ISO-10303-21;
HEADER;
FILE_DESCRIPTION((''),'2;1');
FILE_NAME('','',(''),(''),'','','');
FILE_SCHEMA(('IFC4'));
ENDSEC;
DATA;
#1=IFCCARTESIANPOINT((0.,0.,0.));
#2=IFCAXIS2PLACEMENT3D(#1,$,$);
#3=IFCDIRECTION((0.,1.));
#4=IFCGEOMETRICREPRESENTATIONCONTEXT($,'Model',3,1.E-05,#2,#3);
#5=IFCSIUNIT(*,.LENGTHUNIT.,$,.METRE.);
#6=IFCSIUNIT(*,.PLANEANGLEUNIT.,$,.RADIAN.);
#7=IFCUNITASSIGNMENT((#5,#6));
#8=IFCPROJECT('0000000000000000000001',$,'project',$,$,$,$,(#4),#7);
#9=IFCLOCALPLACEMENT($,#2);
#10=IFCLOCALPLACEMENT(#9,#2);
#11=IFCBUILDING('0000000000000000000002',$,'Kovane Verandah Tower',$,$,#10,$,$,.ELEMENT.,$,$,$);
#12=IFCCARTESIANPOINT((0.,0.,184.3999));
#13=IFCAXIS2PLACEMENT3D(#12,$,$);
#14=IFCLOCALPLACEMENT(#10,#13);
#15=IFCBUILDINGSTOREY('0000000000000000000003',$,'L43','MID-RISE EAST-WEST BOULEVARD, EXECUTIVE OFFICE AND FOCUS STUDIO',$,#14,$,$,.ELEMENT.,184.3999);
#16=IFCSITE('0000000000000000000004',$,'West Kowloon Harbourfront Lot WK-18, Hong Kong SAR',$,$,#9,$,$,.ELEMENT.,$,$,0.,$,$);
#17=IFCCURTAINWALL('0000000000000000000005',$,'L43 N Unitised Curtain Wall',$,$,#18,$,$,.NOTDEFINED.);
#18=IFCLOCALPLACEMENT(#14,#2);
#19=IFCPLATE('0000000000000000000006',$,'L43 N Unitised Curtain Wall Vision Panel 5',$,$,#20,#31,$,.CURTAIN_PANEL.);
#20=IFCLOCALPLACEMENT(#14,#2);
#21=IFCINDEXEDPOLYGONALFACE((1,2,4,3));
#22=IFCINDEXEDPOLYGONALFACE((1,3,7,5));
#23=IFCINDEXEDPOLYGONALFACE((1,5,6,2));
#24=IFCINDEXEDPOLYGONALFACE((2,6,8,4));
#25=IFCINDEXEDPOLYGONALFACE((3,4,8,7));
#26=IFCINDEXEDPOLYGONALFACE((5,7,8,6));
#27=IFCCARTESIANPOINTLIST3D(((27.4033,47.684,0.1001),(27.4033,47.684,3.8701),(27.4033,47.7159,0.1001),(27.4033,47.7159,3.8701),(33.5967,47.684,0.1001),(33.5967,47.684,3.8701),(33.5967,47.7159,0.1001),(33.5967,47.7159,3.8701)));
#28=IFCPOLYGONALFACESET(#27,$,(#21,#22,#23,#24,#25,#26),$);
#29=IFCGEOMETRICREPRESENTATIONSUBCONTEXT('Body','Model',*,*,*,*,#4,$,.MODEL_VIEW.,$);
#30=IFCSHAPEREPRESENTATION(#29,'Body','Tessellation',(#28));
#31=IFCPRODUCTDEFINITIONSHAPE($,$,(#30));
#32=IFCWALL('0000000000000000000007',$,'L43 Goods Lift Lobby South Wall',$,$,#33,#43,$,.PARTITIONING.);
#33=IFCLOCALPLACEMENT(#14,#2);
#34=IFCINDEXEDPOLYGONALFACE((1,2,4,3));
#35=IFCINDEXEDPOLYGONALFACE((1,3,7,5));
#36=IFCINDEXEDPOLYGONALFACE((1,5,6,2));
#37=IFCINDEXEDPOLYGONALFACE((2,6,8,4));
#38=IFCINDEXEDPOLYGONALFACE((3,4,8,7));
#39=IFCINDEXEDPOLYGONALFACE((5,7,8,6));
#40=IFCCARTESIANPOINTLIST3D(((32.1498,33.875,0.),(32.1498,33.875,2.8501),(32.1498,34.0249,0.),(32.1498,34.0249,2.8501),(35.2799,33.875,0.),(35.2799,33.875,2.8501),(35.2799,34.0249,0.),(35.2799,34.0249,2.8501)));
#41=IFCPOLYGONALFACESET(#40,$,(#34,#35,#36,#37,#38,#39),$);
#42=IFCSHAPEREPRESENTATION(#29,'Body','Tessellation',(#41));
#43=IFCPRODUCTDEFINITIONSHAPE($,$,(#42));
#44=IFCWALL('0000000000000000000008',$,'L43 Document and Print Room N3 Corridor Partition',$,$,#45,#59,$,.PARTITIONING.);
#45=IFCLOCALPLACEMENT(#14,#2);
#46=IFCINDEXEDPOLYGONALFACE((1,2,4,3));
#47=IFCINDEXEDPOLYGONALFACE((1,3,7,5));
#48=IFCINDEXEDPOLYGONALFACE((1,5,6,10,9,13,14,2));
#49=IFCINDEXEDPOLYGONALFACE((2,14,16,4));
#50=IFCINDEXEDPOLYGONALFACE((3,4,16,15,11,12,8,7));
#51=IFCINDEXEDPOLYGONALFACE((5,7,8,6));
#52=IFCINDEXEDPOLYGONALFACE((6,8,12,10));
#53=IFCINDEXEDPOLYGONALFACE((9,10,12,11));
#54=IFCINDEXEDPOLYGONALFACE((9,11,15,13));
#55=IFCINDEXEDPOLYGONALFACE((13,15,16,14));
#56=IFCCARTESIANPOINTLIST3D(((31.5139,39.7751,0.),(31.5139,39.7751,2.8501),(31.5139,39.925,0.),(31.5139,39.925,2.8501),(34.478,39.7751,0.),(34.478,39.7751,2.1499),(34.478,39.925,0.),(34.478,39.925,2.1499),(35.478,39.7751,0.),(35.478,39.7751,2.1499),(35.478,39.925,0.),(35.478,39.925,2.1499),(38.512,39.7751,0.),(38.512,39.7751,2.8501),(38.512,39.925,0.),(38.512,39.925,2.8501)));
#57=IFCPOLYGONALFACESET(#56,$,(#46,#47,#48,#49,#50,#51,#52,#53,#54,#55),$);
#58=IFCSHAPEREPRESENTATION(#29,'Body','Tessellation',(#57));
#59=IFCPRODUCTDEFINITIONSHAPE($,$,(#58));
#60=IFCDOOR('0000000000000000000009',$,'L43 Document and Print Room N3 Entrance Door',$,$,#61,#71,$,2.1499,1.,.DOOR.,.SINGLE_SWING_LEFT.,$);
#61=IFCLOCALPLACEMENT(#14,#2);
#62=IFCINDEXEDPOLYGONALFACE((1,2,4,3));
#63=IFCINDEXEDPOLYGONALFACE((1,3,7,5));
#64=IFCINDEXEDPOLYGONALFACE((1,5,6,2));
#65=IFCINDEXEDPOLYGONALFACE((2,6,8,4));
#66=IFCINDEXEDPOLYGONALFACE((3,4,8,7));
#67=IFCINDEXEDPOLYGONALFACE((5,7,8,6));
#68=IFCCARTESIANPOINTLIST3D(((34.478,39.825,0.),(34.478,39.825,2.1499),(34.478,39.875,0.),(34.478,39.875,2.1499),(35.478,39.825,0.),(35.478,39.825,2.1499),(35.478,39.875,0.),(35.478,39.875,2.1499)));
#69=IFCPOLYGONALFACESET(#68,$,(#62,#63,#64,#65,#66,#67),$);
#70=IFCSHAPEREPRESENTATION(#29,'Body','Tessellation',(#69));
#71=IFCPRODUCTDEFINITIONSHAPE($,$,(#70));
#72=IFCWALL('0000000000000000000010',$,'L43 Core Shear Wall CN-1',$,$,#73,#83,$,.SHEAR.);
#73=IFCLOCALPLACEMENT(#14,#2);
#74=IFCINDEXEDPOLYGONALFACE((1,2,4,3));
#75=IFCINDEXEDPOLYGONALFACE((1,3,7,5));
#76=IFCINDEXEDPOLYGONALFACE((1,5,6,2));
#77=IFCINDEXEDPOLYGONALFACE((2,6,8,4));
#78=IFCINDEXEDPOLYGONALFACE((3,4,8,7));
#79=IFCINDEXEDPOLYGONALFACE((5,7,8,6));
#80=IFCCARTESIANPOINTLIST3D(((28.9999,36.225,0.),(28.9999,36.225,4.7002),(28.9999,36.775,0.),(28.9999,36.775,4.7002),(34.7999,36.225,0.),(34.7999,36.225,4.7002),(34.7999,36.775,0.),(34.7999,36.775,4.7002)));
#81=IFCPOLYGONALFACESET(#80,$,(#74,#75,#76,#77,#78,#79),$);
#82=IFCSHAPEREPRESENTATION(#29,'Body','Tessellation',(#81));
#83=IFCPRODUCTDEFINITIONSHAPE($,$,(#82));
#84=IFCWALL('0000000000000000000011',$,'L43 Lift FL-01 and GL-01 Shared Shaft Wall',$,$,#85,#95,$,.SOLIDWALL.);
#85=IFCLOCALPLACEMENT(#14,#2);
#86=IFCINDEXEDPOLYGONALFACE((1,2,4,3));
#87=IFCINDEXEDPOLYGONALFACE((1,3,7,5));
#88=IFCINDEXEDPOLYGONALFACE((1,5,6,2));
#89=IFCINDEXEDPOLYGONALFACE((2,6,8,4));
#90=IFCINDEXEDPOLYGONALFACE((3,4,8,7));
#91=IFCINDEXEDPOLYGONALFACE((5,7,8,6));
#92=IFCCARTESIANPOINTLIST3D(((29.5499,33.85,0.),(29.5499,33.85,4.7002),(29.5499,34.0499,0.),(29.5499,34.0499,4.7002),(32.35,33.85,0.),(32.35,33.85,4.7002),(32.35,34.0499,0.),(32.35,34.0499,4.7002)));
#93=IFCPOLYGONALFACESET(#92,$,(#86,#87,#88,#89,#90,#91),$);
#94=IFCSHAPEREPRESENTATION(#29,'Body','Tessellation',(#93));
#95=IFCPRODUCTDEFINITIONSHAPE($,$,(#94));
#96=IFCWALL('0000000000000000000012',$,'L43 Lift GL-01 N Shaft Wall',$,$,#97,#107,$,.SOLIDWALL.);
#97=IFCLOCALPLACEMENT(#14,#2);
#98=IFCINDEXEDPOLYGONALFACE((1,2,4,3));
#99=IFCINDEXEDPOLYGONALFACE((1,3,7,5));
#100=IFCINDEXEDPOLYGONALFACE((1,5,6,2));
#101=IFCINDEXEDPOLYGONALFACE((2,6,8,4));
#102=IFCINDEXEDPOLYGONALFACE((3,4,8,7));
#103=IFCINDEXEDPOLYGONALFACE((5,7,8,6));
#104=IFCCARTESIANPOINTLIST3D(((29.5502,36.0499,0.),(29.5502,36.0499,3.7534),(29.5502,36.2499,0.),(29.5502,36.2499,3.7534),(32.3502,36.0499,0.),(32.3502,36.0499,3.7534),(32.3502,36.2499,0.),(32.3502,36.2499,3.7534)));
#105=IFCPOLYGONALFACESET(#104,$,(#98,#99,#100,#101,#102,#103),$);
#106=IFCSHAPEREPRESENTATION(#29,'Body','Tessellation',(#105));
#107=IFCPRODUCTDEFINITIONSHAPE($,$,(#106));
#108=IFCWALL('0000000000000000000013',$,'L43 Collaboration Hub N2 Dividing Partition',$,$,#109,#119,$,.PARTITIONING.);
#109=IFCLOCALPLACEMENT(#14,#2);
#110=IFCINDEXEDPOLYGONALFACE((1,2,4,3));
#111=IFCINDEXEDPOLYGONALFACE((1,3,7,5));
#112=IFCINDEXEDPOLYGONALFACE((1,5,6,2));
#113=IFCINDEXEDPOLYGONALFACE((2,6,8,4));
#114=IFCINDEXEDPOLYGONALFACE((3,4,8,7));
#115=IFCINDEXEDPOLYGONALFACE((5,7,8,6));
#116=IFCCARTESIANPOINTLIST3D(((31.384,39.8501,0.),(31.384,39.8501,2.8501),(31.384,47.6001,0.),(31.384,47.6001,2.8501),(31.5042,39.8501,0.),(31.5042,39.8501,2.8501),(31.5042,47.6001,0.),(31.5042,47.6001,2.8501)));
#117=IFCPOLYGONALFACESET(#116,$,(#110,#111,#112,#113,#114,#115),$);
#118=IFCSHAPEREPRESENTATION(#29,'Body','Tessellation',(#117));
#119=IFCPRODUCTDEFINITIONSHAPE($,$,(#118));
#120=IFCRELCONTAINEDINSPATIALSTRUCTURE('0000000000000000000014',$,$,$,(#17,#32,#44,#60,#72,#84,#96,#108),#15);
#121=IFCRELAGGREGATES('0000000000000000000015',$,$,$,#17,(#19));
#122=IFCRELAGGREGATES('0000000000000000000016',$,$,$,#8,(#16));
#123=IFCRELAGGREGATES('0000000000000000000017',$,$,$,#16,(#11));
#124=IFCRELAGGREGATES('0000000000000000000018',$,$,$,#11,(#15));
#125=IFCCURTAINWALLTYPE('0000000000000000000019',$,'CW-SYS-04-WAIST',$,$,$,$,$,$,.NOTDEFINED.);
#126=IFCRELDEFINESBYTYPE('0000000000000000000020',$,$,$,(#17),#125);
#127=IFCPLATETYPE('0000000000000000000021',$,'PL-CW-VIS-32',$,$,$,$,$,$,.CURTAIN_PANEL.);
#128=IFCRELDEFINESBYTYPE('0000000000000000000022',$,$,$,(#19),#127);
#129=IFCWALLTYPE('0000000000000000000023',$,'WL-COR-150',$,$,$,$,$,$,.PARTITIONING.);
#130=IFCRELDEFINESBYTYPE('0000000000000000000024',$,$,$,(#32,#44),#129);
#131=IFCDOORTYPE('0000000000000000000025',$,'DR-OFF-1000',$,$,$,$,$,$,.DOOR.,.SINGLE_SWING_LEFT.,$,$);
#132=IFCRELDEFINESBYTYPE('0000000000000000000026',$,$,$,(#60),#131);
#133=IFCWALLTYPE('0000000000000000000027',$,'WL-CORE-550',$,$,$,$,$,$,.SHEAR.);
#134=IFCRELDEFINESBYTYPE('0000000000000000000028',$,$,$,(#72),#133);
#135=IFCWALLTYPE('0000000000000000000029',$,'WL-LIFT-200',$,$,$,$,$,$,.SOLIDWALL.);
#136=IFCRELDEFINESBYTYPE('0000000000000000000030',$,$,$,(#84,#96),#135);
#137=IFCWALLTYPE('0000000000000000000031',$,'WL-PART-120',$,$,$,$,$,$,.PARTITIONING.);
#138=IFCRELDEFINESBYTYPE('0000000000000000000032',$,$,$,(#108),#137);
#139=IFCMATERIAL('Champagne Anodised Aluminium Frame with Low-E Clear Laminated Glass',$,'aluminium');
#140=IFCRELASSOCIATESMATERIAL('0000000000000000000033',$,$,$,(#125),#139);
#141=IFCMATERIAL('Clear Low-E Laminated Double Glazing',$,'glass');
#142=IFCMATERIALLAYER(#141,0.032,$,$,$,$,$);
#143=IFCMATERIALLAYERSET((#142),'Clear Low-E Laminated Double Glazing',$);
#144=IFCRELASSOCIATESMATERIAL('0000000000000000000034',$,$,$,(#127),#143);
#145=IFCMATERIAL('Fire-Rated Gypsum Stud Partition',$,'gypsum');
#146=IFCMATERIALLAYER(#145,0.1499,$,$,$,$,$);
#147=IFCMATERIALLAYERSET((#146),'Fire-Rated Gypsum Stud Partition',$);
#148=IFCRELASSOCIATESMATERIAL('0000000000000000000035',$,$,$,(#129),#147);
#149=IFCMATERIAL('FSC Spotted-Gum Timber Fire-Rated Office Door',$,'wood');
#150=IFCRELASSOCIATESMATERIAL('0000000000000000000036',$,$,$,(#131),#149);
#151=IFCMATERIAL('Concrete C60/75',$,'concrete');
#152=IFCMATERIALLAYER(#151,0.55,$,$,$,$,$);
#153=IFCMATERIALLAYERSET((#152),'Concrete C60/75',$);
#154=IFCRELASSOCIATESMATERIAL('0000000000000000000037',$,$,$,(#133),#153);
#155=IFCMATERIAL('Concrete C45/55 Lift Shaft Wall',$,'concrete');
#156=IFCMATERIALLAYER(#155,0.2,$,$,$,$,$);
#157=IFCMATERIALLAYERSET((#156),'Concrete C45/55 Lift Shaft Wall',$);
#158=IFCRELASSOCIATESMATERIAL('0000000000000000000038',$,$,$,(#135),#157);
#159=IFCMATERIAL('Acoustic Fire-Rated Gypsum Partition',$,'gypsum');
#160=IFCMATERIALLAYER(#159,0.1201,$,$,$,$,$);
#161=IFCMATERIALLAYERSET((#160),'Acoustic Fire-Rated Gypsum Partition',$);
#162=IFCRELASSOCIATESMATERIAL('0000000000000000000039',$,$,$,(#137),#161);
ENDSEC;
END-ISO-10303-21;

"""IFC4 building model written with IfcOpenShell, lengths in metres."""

from ifc_helpers import new_model, si_unit, direction, frame, frame_2d, origin, origin_2d, place, context, subcontext, project, spatial, rectangle, extrude, material, layer, layer_set, type_object, element, fill, aggregate, save


model = new_model("IFC4")

# Units and contexts
model_context = context("Model", 3, precision=1e-05, world=origin(), true_north=direction((0.0, 1.0)))
body_context = subcontext(model_context, "Body", "Model", "MODEL_VIEW")
ifc_project = project(units=[si_unit("LENGTHUNIT", "METRE"), si_unit("PLANEANGLEUNIT", "RADIAN")], contexts=[model_context])

# Site, building, storey
site_placement = place(None, origin())
site = spatial("IfcSite", under=ifc_project, at=site_placement, Name="West Kowloon Harbourfront Lot WK-18, Hong Kong SAR", CompositionType="ELEMENT", RefElevation=0.0)
building_placement = place(site_placement, origin())
building = spatial("IfcBuilding", under=site, at=building_placement, Name="Kovane Verandah Tower", CompositionType="ELEMENT")
storey_placement = place(building_placement, frame((0.0, 0.0, 184.3999)))
storey = spatial("IfcBuildingStorey", under=building, at=storey_placement, Name="L43", Description="MID-RISE EAST-WEST BOULEVARD, EXECUTIVE OFFICE AND FOCUS STUDIO", CompositionType="ELEMENT", Elevation=184.3999)

# Shared definitions
ifc_material_1 = material(Name="Concrete C60/75", Category="concrete")

# Curtain wall, plate
ifc_material_2 = material(Name="Champagne Anodised Aluminium Frame with Low-E Clear Laminated Glass", Category="aluminium")
curtain_wall_type = type_object("IfcCurtainWallType", Name="CW-SYS-04-WAIST", PredefinedType="NOTDEFINED", material=ifc_material_2)
curtain_wall_placement = place(storey_placement, origin())
curtain_wall = element("IfcCurtainWall", 1, at=curtain_wall_placement, inside=storey, type_object=curtain_wall_type, Name="L43 N Unitised Curtain Wall", PredefinedType="NOTDEFINED")
ifc_material_3 = material(Name="Clear Low-E Laminated Double Glazing", Category="glass")
ifc_layer_1 = layer(ifc_material_3, 0.032)
ifc_layer_set_1 = layer_set([ifc_layer_1], Name="Clear Low-E Laminated Double Glazing")
plate_type_1 = type_object("IfcPlateType", Name="PL-CW-VIS-32", PredefinedType="CURTAIN_PANEL", material=ifc_layer_set_1)
plate_1_placement = place(storey_placement, frame((30.5, 47.7, 0.1001), z_axis=(0.0, 0.0, 1.0), x_axis=(-1.0, 0.0, 0.0)))
plate_1 = element("IfcPlate", 2, at=plate_1_placement, type_object=plate_type_1, Name="L43 N Unitised Curtain Wall Vision Panel 5", PredefinedType="CURTAIN_PANEL", context=body_context, shape_type="SweptSolid", body=[
    extrude(rectangle(XDim=6.1934, YDim=0.032, at=origin_2d()), origin(), (0.0, 0.0, 1.0), 3.77),
])
aggregate(curtain_wall, [plate_1])

# Wall
ifc_material_4 = material(Name="Fire-Rated Gypsum Stud Partition", Category="gypsum")
ifc_layer_2 = layer(ifc_material_4, 0.1499)
ifc_layer_set_2 = layer_set([ifc_layer_2], Name="Fire-Rated Gypsum Stud Partition")
wall_type_1 = type_object("IfcWallType", Name="WL-COR-150", PredefinedType="PARTITIONING", material=ifc_layer_set_2)
wall_1_placement = place(storey_placement, frame((32.1499, 33.95, 0.0), z_axis=(0.0, 0.0, 1.0), x_axis=(1.0, 0.0, 0.0)))
element("IfcWall", 3, at=wall_1_placement, inside=storey, type_object=wall_type_1, Name="L43 Goods Lift Lobby South Wall", PredefinedType="PARTITIONING", context=body_context, shape_type="SweptSolid", body=[
    extrude(rectangle(XDim=3.1301, YDim=0.1499, at=frame_2d((1.5649, 0.0))), origin(), (0.0, 0.0, 1.0), 2.8501),
])

# Wall, opening, door
wall_2_placement = place(storey_placement, frame((31.5139, 39.8501, 0.0), z_axis=(0.0, 0.0, 1.0), x_axis=(1.0, 0.0, 0.0)))
wall_2 = element("IfcWall", 4, at=wall_2_placement, inside=storey, type_object=wall_type_1, Name="L43 Document and Print Room N3 Corridor Partition", PredefinedType="PARTITIONING", context=body_context, shape_type="SweptSolid", body=[
    extrude(rectangle(XDim=6.998, YDim=0.1499, at=frame_2d((3.499, 0.0))), origin(), (0.0, 0.0, 1.0), 2.8501),
])
opening_1_placement = place(wall_2_placement, frame((2.9641, 0.0, 0.0)))
opening_1 = element("IfcOpeningElement", 5, at=opening_1_placement, cuts=wall_2, PredefinedType="OPENING", context=body_context, shape_type="SweptSolid", body=[
    extrude(rectangle(XDim=1.0, YDim=2.1499, at=frame_2d((0.5, 1.075))), frame((0.0, 0.075, 0.0), z_axis=(0.0, -1.0, 0.0), x_axis=(1.0, 0.0, 0.0)), (0.0, 0.0, 1.0), 0.1499),
])
ifc_material_5 = material(Name="FSC Spotted-Gum Timber Fire-Rated Office Door", Category="wood")
door_type_1 = type_object("IfcDoorType", Name="DR-OFF-1000", OperationType="SINGLE_SWING_LEFT", PredefinedType="DOOR", material=ifc_material_5)
door_1_placement = place(opening_1_placement, origin())
door_1 = element("IfcDoor", 6, at=door_1_placement, inside=storey, type_object=door_type_1, Name="L43 Document and Print Room N3 Entrance Door", OperationType="SINGLE_SWING_LEFT", OverallHeight=2.1499, OverallWidth=1.0, PredefinedType="DOOR", context=body_context, shape_type="SweptSolid", body=[
    extrude(rectangle(XDim=1.0, YDim=2.1499, at=frame_2d((0.5, 1.075))), frame((0.0, 0.0249, 0.0), z_axis=(0.0, -1.0, 0.0), x_axis=(1.0, 0.0, 0.0)), (0.0, 0.0, 1.0), 0.05),
])
fill(opening_1, door_1)

# Walls
ifc_layer_3 = layer(ifc_material_1, 0.55)
ifc_layer_set_3 = layer_set([ifc_layer_3], Name="Concrete C60/75")
wall_type_2 = type_object("IfcWallType", Name="WL-CORE-550", PredefinedType="SHEAR", material=ifc_layer_set_3)
wall_3_placement = place(storey_placement, frame((29.0, 36.5, 0.0), z_axis=(0.0, 0.0, 1.0), x_axis=(1.0, 0.0, 0.0)))
element("IfcWall", 7, at=wall_3_placement, inside=storey, type_object=wall_type_2, Name="L43 Core Shear Wall CN-1", PredefinedType="SHEAR", context=body_context, shape_type="SweptSolid", body=[
    extrude(rectangle(XDim=5.8, YDim=0.55, at=frame_2d((2.8999, 0.0))), origin(), (0.0, 0.0, 1.0), 4.7002),
])
ifc_material_6 = material(Name="Concrete C45/55 Lift Shaft Wall", Category="concrete")
ifc_layer_4 = layer(ifc_material_6, 0.2)
ifc_layer_set_4 = layer_set([ifc_layer_4], Name="Concrete C45/55 Lift Shaft Wall")
wall_type_3 = type_object("IfcWallType", Name="WL-LIFT-200", PredefinedType="SOLIDWALL", material=ifc_layer_set_4)
wall_4_placement = place(storey_placement, frame((29.55, 33.95, 0.0), z_axis=(0.0, 0.0, 1.0), x_axis=(1.0, 0.0, 0.0)))
element("IfcWall", 8, at=wall_4_placement, inside=storey, type_object=wall_type_3, Name="L43 Lift FL-01 and GL-01 Shared Shaft Wall", PredefinedType="SOLIDWALL", context=body_context, shape_type="SweptSolid", body=[
    extrude(rectangle(XDim=2.8, YDim=0.2, at=frame_2d((1.3999, 0.0))), origin(), (0.0, 0.0, 1.0), 4.7002),
])
wall_5_placement = place(storey_placement, frame((32.3501, 36.1499, 0.0), z_axis=(0.0, 0.0, 1.0), x_axis=(-1.0, 0.0, 0.0)))
element("IfcWall", 9, at=wall_5_placement, inside=storey, type_object=wall_type_3, Name="L43 Lift GL-01 N Shaft Wall", PredefinedType="SOLIDWALL", context=body_context, shape_type="SweptSolid", body=[
    extrude(rectangle(XDim=2.8, YDim=0.2, at=frame_2d((1.3999, 0.0))), origin(), (0.0, 0.0, 1.0), 3.7534),
])

# Wall
ifc_material_7 = material(Name="Acoustic Fire-Rated Gypsum Partition", Category="gypsum")
ifc_layer_5 = layer(ifc_material_7, 0.1201)
ifc_layer_set_5 = layer_set([ifc_layer_5], Name="Acoustic Fire-Rated Gypsum Partition")
wall_type_4 = type_object("IfcWallType", Name="WL-PART-120", PredefinedType="PARTITIONING", material=ifc_layer_set_5)
wall_6_placement = place(storey_placement, frame((31.4441, 39.8501, 0.0), z_axis=(0.0, 0.0, 1.0), x_axis=(0.0, 1.0, 0.0)))
element("IfcWall", 10, at=wall_6_placement, inside=storey, type_object=wall_type_4, Name="L43 Collaboration Hub N2 Dividing Partition", PredefinedType="PARTITIONING", context=body_context, shape_type="SweptSolid", body=[
    extrude(rectangle(XDim=7.75, YDim=0.1201, at=frame_2d((3.875, 0.0))), origin(), (0.0, 0.0, 1.0), 2.8501),
])

save(model, "model.ifc")
